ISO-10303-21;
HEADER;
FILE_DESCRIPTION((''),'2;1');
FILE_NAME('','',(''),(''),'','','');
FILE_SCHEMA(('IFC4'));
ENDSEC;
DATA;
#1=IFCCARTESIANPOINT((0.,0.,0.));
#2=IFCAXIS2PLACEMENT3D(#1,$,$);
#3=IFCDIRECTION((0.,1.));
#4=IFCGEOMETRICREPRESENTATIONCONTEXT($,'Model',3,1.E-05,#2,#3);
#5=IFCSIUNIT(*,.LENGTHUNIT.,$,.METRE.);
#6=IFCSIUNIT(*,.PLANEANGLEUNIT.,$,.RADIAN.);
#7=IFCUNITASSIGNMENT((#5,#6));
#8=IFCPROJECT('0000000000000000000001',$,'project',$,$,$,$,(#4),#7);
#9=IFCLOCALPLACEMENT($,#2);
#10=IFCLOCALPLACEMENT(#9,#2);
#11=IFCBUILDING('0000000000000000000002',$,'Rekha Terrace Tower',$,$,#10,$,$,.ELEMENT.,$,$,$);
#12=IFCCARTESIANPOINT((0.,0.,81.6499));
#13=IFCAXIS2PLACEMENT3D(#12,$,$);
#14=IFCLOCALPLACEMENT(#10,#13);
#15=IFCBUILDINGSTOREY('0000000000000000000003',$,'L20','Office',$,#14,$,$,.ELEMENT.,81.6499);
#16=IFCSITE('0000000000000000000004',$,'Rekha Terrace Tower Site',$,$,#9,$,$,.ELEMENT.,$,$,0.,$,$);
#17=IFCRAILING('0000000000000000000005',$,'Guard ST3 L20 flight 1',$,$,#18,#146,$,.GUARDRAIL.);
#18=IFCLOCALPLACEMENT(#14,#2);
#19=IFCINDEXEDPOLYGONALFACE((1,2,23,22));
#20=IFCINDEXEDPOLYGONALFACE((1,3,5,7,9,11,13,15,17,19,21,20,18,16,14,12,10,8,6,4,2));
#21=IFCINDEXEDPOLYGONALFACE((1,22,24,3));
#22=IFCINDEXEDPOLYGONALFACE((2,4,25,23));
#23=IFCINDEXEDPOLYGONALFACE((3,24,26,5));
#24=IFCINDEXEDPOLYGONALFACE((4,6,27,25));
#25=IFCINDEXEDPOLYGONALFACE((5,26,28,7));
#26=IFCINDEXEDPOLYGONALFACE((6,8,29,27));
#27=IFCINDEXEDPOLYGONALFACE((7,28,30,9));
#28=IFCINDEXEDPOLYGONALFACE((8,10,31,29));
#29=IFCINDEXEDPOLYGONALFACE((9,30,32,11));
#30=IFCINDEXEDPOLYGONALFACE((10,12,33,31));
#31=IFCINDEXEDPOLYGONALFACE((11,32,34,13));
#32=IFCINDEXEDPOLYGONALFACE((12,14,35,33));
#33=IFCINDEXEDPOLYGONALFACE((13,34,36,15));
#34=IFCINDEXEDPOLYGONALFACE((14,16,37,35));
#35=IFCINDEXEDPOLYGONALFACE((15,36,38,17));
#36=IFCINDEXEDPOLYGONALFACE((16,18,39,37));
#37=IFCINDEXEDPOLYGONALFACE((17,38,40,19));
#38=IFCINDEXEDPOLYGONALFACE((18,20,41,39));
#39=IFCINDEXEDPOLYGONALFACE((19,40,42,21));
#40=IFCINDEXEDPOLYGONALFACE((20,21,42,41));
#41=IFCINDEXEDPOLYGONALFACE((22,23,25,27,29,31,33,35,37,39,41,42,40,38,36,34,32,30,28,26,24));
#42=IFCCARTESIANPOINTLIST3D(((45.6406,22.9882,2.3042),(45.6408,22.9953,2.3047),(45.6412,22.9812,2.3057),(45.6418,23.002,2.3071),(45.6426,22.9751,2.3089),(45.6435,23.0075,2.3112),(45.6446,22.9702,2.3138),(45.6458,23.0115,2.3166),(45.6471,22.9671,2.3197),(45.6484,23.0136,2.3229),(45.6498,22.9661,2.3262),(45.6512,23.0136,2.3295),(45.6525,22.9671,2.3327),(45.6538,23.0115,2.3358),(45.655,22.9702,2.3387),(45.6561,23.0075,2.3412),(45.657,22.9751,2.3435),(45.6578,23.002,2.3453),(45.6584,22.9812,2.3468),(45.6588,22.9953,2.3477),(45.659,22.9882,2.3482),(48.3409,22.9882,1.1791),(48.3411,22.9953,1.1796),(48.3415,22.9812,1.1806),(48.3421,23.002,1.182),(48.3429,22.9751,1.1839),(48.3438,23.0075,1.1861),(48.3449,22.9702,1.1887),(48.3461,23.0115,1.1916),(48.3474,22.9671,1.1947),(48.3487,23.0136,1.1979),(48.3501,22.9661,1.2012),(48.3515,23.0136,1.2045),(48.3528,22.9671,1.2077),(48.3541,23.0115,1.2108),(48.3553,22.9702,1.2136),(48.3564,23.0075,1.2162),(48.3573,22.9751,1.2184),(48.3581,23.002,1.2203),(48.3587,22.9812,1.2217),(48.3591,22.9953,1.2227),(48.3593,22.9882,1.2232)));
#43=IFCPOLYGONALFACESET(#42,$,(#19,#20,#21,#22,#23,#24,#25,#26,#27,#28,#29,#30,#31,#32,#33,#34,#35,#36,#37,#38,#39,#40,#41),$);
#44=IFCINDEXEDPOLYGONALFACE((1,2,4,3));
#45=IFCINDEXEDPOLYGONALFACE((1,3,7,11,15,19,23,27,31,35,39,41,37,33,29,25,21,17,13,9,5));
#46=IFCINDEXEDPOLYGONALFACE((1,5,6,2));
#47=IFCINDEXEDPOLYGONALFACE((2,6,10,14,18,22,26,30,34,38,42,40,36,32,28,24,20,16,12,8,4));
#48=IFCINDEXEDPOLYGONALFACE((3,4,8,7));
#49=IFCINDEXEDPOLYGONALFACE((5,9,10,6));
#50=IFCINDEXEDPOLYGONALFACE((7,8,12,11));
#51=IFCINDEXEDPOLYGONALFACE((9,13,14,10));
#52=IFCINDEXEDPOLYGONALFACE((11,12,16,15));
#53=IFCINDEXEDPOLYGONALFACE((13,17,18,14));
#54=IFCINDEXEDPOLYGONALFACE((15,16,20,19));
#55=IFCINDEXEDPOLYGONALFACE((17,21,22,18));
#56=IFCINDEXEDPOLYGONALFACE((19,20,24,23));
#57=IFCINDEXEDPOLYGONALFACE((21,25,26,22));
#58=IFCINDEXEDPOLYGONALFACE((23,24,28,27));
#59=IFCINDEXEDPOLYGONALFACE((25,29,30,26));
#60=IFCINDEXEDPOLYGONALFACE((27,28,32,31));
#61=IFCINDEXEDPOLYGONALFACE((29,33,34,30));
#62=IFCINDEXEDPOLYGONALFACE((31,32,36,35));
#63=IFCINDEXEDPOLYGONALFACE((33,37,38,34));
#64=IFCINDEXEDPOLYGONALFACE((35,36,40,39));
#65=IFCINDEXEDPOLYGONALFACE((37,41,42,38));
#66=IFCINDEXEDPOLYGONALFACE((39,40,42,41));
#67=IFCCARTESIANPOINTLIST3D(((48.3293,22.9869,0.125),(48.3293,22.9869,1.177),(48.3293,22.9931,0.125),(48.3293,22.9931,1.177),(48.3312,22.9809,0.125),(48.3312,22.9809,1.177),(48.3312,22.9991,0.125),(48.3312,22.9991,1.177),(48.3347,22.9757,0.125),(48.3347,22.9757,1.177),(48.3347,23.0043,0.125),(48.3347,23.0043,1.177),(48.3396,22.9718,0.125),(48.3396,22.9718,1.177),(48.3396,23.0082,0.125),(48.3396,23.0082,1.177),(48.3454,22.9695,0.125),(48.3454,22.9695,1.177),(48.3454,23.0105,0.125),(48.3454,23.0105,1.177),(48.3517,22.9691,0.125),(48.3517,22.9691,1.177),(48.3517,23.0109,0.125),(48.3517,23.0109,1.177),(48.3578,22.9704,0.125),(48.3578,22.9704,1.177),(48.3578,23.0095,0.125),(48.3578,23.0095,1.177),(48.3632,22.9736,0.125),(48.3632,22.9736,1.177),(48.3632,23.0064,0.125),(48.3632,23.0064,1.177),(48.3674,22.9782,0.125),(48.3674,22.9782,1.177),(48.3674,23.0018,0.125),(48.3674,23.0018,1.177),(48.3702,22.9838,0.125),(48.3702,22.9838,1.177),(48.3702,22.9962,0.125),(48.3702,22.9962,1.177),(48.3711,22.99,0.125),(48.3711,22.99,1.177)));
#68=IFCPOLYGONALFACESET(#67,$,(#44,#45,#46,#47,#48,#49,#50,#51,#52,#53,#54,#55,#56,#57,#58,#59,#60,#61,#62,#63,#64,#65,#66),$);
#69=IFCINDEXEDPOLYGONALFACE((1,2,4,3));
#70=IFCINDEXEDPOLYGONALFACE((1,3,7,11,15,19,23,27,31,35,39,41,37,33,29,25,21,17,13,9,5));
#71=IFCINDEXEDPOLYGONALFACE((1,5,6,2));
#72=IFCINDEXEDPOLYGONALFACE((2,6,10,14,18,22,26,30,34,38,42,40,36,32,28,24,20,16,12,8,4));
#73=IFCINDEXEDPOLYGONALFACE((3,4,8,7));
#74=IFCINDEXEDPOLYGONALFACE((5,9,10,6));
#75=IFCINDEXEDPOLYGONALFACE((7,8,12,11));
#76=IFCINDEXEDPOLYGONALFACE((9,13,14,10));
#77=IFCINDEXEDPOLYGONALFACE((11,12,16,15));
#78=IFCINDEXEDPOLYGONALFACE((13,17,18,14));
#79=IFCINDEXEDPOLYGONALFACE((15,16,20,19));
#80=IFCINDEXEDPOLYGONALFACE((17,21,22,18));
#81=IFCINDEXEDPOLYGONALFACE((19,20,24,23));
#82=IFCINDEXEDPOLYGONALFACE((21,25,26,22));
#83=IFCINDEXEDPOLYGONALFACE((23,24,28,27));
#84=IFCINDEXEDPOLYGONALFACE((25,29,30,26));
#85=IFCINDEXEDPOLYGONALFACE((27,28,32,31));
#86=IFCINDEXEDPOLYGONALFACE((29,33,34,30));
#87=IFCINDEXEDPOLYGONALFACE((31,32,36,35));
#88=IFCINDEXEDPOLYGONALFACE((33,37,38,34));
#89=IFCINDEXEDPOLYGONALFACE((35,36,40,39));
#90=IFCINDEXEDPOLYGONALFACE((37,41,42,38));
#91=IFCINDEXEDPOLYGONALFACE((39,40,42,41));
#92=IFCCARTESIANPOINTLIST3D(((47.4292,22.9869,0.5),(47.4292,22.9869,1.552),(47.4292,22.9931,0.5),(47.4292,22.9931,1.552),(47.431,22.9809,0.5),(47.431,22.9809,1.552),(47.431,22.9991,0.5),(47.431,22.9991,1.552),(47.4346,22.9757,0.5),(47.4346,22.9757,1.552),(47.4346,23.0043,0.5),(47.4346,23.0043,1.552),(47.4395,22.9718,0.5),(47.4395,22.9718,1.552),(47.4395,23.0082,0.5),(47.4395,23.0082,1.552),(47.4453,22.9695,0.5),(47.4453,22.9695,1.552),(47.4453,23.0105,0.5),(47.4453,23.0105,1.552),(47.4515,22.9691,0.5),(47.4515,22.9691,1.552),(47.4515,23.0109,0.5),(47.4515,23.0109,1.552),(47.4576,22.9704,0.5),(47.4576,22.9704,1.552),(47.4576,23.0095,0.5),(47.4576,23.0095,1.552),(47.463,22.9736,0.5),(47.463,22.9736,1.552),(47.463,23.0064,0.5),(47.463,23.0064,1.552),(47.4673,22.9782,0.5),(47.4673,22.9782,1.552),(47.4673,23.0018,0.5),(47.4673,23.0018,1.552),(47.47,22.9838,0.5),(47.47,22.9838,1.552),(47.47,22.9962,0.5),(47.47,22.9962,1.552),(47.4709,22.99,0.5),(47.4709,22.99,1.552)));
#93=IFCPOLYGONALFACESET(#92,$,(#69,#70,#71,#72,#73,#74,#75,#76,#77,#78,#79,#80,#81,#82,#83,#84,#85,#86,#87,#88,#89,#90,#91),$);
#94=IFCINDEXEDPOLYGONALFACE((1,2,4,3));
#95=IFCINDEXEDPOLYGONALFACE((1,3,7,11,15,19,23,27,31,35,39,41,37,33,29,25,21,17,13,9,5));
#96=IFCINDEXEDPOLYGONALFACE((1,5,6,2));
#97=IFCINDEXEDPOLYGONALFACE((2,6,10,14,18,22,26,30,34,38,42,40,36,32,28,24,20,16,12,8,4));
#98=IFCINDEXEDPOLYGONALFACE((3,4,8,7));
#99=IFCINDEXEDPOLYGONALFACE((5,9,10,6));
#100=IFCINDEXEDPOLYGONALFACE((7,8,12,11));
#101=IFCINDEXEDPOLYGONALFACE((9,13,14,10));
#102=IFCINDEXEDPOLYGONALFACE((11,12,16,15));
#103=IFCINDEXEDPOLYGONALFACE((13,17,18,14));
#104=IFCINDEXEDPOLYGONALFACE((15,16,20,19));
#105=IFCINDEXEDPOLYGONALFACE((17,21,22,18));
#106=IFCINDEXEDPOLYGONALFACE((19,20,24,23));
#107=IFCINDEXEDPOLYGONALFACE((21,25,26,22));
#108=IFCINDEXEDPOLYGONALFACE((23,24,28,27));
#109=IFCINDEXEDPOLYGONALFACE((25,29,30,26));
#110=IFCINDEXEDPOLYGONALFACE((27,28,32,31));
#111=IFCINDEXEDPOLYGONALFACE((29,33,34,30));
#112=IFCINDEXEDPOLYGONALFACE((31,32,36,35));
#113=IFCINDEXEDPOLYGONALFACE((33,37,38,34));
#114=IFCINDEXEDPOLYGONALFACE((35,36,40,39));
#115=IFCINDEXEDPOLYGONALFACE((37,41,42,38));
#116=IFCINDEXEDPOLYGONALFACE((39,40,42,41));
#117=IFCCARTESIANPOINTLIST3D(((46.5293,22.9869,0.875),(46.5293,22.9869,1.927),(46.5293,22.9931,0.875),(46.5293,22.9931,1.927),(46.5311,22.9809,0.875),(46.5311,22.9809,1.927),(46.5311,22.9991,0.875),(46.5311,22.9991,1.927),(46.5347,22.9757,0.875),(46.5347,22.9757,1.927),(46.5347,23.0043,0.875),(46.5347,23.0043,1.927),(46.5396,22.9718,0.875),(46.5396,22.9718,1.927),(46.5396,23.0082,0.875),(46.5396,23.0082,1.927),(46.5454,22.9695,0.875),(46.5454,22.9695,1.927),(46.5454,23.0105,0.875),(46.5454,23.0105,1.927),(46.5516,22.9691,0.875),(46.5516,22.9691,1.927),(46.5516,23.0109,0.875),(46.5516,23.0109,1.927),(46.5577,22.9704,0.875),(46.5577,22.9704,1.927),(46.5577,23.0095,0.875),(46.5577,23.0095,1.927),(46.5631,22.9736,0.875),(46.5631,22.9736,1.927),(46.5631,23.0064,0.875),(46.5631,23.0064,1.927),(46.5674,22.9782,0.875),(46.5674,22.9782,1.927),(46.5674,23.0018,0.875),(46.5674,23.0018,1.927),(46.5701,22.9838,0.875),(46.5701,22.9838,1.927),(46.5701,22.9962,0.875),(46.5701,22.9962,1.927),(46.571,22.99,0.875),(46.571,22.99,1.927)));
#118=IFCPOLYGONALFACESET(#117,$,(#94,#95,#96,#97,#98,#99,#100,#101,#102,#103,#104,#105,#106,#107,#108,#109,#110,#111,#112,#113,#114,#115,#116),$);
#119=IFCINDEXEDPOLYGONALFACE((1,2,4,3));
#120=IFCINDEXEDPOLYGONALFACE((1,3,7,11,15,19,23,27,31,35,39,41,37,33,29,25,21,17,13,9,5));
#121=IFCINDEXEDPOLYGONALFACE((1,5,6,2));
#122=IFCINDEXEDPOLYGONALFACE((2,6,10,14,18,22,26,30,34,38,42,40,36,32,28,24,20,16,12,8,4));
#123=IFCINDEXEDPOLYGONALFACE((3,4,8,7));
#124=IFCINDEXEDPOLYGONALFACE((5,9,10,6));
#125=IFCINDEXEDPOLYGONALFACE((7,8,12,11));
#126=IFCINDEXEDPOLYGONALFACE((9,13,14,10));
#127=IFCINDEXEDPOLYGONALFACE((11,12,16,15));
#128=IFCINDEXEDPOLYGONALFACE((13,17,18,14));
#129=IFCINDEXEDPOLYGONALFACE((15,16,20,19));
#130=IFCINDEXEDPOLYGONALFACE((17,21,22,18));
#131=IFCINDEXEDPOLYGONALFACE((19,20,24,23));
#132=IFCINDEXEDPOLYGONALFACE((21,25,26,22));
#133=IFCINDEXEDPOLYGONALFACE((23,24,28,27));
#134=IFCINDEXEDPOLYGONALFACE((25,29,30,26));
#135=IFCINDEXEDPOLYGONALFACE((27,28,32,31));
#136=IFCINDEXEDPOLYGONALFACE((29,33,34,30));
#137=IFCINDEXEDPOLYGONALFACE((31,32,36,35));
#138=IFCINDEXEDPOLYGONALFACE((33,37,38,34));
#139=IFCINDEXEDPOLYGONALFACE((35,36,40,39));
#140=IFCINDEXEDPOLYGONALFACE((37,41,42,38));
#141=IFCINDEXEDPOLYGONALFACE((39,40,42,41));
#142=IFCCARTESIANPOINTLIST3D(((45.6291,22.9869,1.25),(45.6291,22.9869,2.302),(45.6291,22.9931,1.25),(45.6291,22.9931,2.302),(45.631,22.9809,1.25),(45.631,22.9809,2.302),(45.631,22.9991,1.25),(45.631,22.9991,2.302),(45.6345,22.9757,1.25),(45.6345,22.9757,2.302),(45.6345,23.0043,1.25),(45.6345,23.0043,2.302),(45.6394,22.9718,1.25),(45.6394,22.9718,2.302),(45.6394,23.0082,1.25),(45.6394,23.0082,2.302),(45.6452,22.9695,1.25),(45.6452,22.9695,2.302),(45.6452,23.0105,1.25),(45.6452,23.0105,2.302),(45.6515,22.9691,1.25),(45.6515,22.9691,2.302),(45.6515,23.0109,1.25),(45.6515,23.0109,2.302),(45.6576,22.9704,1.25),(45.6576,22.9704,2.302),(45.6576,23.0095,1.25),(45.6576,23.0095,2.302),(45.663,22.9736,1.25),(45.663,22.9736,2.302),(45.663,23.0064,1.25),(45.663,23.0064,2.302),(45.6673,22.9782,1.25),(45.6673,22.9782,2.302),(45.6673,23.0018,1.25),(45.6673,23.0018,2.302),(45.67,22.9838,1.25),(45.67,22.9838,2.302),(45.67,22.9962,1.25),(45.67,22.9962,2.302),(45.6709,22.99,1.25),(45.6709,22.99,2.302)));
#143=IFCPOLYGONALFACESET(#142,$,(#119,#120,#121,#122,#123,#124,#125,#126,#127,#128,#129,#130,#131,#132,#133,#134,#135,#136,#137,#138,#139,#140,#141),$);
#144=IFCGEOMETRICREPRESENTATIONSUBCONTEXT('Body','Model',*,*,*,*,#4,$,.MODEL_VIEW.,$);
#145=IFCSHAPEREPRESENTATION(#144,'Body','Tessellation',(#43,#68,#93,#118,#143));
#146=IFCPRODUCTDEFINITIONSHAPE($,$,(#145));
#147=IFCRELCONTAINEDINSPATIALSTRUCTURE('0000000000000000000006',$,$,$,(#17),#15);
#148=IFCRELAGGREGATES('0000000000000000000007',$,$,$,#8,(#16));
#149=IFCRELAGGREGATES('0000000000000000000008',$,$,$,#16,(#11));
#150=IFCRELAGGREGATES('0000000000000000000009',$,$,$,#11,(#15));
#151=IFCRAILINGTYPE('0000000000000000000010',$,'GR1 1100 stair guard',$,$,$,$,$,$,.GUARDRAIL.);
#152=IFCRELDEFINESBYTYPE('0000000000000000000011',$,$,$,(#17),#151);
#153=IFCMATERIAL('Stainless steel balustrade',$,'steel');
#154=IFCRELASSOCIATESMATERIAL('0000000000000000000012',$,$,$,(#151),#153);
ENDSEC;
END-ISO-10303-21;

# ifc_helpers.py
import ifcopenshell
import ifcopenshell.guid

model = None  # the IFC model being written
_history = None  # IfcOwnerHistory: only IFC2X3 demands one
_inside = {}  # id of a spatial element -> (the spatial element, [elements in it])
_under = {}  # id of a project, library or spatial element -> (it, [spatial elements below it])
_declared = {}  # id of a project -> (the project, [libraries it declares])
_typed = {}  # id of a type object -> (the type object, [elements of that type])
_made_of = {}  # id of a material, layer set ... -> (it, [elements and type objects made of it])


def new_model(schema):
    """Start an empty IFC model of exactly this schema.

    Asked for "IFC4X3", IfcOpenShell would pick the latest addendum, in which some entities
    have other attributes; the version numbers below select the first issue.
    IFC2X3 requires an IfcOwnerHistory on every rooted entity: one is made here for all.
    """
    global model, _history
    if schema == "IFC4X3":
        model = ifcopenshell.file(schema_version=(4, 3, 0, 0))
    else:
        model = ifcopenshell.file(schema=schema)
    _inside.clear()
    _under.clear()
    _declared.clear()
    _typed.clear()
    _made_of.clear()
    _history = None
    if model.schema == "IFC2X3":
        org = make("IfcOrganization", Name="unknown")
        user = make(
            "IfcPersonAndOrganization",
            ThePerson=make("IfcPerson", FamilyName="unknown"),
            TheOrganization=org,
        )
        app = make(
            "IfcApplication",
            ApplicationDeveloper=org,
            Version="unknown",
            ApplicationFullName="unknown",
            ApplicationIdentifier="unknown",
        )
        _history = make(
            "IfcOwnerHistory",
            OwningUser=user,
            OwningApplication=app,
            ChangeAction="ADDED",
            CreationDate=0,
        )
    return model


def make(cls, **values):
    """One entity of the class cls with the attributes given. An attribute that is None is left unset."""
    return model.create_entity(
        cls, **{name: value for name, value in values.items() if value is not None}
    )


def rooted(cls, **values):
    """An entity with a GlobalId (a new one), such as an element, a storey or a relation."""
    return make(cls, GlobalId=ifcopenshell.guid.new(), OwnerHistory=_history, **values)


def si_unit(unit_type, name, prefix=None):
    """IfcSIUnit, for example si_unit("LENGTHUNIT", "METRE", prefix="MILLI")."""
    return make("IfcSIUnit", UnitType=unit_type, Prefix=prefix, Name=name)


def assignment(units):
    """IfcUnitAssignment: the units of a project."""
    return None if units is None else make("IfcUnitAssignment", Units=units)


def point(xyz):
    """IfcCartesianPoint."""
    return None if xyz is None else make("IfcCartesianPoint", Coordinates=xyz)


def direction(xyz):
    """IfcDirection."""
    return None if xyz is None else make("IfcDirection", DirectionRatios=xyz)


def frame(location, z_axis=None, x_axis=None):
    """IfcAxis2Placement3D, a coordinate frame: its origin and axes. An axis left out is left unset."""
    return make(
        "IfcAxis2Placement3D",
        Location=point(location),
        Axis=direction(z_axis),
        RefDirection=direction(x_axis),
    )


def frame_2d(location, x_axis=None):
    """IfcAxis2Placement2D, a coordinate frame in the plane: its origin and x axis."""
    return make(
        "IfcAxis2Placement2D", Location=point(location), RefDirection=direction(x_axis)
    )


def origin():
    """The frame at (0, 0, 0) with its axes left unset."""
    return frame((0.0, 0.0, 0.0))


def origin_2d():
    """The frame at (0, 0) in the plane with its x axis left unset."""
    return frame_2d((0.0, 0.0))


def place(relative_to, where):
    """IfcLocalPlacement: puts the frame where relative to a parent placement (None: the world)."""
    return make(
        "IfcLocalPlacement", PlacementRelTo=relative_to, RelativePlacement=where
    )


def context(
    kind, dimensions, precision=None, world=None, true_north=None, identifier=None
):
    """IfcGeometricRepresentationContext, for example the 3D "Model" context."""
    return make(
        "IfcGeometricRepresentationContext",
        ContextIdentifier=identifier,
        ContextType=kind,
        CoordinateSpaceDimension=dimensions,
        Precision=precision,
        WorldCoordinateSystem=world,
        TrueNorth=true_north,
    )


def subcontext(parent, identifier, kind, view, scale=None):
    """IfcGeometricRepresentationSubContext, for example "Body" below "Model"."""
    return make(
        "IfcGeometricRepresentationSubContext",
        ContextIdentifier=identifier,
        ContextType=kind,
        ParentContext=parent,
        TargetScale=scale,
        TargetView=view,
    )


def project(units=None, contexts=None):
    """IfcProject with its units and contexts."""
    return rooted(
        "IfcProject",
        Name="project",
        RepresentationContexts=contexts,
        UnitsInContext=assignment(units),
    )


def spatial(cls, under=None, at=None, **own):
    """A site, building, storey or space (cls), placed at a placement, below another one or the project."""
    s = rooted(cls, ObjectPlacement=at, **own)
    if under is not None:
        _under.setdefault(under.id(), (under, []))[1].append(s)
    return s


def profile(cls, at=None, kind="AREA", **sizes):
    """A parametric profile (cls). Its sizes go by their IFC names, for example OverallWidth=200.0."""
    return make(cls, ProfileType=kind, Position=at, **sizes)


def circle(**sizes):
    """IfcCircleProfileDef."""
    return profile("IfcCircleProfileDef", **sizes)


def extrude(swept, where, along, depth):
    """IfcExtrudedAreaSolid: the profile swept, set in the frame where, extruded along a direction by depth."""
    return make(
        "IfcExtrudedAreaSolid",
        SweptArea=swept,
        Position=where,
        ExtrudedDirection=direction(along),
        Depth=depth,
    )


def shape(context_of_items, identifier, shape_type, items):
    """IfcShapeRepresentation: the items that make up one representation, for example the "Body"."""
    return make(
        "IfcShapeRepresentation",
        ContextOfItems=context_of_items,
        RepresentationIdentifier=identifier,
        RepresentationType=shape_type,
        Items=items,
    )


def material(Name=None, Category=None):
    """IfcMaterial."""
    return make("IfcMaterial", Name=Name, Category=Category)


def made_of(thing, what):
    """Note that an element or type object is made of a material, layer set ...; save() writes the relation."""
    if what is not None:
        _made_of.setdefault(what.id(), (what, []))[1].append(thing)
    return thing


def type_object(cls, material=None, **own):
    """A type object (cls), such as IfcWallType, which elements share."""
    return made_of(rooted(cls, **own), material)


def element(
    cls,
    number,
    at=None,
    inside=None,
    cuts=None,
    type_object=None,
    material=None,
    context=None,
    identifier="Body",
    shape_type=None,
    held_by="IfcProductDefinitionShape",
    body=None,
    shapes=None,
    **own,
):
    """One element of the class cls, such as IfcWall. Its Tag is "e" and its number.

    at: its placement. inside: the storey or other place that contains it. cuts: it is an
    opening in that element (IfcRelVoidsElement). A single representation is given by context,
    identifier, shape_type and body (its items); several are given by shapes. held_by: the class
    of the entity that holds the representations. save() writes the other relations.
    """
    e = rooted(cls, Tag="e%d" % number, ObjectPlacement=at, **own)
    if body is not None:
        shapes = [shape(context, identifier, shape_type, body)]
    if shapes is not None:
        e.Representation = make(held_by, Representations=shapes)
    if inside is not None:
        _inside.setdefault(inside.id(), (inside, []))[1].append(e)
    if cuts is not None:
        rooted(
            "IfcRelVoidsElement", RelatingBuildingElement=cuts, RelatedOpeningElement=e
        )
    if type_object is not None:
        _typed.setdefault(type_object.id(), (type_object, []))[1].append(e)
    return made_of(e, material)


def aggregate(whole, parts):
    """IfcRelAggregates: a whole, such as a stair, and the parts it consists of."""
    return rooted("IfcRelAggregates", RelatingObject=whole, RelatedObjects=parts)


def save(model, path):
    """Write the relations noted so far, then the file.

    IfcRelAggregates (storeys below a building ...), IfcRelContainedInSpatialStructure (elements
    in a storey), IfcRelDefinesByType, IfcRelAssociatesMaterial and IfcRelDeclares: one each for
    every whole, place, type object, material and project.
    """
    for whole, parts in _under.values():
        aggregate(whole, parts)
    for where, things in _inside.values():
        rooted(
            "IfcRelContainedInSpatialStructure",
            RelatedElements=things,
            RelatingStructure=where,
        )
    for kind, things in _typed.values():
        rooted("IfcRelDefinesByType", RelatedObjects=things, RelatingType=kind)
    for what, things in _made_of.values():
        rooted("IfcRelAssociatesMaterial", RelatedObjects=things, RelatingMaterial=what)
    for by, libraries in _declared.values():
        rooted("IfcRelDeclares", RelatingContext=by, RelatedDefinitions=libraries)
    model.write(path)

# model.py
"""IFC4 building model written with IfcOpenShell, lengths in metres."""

from ifc_helpers import new_model, si_unit, direction, frame, origin, origin_2d, place, context, subcontext, project, spatial, circle, extrude, material, type_object, element, save


model = new_model("IFC4")

# Units and contexts
model_context = context("Model", 3, precision=1e-05, world=origin(), true_north=direction((0.0, 1.0)))
body_context = subcontext(model_context, "Body", "Model", "MODEL_VIEW")
ifc_project = project(units=[si_unit("LENGTHUNIT", "METRE"), si_unit("PLANEANGLEUNIT", "RADIAN")], contexts=[model_context])

# Site, building, storey
site_placement = place(None, origin())
site = spatial("IfcSite", under=ifc_project, at=site_placement, Name="Rekha Terrace Tower Site", CompositionType="ELEMENT", RefElevation=0.0)
building_placement = place(site_placement, origin())
building = spatial("IfcBuilding", under=site, at=building_placement, Name="Rekha Terrace Tower", CompositionType="ELEMENT")
storey_placement = place(building_placement, frame((0.0, 0.0, 81.6499)))
storey = spatial("IfcBuildingStorey", under=building, at=storey_placement, Name="L20", Description="Office", CompositionType="ELEMENT", Elevation=81.6499)

# Railing
ifc_material_1 = material(Name="Stainless steel balustrade", Category="steel")
railing_type_1 = type_object("IfcRailingType", Name="GR1 1100 stair guard", PredefinedType="GUARDRAIL", material=ifc_material_1)
railing_1_placement = place(storey_placement, frame((48.3501, 22.99, 0.125)))
element("IfcRailing", 1, at=railing_1_placement, inside=storey, type_object=railing_type_1, Name="Guard ST3 L20 flight 1", PredefinedType="GUARDRAIL", context=body_context, shape_type="SweptSolid", body=[
    extrude(circle(Radius=0.0239, at=origin_2d()), frame((0.0, 0.0, 1.0762), z_axis=(-0.923087, 0.0, 0.384592), x_axis=(0.0, -1.0, 0.0)), (0.0, 0.0, 1.0), 2.9253),
    extrude(circle(Radius=0.021, at=origin_2d()), origin(), (0.0, 0.0, 1.0), 1.052),
    extrude(circle(Radius=0.021, at=origin_2d()), frame((-0.9001, 0.0, 0.375)), (0.0, 0.0, 1.0), 1.052),
    extrude(circle(Radius=0.021, at=origin_2d()), frame((-1.8, 0.0, 0.75)), (0.0, 0.0, 1.0), 1.052),
    extrude(circle(Radius=0.021, at=origin_2d()), frame((-2.7002, 0.0, 1.125)), (0.0, 0.0, 1.0), 1.052),
])

save(model, "model.ifc")
